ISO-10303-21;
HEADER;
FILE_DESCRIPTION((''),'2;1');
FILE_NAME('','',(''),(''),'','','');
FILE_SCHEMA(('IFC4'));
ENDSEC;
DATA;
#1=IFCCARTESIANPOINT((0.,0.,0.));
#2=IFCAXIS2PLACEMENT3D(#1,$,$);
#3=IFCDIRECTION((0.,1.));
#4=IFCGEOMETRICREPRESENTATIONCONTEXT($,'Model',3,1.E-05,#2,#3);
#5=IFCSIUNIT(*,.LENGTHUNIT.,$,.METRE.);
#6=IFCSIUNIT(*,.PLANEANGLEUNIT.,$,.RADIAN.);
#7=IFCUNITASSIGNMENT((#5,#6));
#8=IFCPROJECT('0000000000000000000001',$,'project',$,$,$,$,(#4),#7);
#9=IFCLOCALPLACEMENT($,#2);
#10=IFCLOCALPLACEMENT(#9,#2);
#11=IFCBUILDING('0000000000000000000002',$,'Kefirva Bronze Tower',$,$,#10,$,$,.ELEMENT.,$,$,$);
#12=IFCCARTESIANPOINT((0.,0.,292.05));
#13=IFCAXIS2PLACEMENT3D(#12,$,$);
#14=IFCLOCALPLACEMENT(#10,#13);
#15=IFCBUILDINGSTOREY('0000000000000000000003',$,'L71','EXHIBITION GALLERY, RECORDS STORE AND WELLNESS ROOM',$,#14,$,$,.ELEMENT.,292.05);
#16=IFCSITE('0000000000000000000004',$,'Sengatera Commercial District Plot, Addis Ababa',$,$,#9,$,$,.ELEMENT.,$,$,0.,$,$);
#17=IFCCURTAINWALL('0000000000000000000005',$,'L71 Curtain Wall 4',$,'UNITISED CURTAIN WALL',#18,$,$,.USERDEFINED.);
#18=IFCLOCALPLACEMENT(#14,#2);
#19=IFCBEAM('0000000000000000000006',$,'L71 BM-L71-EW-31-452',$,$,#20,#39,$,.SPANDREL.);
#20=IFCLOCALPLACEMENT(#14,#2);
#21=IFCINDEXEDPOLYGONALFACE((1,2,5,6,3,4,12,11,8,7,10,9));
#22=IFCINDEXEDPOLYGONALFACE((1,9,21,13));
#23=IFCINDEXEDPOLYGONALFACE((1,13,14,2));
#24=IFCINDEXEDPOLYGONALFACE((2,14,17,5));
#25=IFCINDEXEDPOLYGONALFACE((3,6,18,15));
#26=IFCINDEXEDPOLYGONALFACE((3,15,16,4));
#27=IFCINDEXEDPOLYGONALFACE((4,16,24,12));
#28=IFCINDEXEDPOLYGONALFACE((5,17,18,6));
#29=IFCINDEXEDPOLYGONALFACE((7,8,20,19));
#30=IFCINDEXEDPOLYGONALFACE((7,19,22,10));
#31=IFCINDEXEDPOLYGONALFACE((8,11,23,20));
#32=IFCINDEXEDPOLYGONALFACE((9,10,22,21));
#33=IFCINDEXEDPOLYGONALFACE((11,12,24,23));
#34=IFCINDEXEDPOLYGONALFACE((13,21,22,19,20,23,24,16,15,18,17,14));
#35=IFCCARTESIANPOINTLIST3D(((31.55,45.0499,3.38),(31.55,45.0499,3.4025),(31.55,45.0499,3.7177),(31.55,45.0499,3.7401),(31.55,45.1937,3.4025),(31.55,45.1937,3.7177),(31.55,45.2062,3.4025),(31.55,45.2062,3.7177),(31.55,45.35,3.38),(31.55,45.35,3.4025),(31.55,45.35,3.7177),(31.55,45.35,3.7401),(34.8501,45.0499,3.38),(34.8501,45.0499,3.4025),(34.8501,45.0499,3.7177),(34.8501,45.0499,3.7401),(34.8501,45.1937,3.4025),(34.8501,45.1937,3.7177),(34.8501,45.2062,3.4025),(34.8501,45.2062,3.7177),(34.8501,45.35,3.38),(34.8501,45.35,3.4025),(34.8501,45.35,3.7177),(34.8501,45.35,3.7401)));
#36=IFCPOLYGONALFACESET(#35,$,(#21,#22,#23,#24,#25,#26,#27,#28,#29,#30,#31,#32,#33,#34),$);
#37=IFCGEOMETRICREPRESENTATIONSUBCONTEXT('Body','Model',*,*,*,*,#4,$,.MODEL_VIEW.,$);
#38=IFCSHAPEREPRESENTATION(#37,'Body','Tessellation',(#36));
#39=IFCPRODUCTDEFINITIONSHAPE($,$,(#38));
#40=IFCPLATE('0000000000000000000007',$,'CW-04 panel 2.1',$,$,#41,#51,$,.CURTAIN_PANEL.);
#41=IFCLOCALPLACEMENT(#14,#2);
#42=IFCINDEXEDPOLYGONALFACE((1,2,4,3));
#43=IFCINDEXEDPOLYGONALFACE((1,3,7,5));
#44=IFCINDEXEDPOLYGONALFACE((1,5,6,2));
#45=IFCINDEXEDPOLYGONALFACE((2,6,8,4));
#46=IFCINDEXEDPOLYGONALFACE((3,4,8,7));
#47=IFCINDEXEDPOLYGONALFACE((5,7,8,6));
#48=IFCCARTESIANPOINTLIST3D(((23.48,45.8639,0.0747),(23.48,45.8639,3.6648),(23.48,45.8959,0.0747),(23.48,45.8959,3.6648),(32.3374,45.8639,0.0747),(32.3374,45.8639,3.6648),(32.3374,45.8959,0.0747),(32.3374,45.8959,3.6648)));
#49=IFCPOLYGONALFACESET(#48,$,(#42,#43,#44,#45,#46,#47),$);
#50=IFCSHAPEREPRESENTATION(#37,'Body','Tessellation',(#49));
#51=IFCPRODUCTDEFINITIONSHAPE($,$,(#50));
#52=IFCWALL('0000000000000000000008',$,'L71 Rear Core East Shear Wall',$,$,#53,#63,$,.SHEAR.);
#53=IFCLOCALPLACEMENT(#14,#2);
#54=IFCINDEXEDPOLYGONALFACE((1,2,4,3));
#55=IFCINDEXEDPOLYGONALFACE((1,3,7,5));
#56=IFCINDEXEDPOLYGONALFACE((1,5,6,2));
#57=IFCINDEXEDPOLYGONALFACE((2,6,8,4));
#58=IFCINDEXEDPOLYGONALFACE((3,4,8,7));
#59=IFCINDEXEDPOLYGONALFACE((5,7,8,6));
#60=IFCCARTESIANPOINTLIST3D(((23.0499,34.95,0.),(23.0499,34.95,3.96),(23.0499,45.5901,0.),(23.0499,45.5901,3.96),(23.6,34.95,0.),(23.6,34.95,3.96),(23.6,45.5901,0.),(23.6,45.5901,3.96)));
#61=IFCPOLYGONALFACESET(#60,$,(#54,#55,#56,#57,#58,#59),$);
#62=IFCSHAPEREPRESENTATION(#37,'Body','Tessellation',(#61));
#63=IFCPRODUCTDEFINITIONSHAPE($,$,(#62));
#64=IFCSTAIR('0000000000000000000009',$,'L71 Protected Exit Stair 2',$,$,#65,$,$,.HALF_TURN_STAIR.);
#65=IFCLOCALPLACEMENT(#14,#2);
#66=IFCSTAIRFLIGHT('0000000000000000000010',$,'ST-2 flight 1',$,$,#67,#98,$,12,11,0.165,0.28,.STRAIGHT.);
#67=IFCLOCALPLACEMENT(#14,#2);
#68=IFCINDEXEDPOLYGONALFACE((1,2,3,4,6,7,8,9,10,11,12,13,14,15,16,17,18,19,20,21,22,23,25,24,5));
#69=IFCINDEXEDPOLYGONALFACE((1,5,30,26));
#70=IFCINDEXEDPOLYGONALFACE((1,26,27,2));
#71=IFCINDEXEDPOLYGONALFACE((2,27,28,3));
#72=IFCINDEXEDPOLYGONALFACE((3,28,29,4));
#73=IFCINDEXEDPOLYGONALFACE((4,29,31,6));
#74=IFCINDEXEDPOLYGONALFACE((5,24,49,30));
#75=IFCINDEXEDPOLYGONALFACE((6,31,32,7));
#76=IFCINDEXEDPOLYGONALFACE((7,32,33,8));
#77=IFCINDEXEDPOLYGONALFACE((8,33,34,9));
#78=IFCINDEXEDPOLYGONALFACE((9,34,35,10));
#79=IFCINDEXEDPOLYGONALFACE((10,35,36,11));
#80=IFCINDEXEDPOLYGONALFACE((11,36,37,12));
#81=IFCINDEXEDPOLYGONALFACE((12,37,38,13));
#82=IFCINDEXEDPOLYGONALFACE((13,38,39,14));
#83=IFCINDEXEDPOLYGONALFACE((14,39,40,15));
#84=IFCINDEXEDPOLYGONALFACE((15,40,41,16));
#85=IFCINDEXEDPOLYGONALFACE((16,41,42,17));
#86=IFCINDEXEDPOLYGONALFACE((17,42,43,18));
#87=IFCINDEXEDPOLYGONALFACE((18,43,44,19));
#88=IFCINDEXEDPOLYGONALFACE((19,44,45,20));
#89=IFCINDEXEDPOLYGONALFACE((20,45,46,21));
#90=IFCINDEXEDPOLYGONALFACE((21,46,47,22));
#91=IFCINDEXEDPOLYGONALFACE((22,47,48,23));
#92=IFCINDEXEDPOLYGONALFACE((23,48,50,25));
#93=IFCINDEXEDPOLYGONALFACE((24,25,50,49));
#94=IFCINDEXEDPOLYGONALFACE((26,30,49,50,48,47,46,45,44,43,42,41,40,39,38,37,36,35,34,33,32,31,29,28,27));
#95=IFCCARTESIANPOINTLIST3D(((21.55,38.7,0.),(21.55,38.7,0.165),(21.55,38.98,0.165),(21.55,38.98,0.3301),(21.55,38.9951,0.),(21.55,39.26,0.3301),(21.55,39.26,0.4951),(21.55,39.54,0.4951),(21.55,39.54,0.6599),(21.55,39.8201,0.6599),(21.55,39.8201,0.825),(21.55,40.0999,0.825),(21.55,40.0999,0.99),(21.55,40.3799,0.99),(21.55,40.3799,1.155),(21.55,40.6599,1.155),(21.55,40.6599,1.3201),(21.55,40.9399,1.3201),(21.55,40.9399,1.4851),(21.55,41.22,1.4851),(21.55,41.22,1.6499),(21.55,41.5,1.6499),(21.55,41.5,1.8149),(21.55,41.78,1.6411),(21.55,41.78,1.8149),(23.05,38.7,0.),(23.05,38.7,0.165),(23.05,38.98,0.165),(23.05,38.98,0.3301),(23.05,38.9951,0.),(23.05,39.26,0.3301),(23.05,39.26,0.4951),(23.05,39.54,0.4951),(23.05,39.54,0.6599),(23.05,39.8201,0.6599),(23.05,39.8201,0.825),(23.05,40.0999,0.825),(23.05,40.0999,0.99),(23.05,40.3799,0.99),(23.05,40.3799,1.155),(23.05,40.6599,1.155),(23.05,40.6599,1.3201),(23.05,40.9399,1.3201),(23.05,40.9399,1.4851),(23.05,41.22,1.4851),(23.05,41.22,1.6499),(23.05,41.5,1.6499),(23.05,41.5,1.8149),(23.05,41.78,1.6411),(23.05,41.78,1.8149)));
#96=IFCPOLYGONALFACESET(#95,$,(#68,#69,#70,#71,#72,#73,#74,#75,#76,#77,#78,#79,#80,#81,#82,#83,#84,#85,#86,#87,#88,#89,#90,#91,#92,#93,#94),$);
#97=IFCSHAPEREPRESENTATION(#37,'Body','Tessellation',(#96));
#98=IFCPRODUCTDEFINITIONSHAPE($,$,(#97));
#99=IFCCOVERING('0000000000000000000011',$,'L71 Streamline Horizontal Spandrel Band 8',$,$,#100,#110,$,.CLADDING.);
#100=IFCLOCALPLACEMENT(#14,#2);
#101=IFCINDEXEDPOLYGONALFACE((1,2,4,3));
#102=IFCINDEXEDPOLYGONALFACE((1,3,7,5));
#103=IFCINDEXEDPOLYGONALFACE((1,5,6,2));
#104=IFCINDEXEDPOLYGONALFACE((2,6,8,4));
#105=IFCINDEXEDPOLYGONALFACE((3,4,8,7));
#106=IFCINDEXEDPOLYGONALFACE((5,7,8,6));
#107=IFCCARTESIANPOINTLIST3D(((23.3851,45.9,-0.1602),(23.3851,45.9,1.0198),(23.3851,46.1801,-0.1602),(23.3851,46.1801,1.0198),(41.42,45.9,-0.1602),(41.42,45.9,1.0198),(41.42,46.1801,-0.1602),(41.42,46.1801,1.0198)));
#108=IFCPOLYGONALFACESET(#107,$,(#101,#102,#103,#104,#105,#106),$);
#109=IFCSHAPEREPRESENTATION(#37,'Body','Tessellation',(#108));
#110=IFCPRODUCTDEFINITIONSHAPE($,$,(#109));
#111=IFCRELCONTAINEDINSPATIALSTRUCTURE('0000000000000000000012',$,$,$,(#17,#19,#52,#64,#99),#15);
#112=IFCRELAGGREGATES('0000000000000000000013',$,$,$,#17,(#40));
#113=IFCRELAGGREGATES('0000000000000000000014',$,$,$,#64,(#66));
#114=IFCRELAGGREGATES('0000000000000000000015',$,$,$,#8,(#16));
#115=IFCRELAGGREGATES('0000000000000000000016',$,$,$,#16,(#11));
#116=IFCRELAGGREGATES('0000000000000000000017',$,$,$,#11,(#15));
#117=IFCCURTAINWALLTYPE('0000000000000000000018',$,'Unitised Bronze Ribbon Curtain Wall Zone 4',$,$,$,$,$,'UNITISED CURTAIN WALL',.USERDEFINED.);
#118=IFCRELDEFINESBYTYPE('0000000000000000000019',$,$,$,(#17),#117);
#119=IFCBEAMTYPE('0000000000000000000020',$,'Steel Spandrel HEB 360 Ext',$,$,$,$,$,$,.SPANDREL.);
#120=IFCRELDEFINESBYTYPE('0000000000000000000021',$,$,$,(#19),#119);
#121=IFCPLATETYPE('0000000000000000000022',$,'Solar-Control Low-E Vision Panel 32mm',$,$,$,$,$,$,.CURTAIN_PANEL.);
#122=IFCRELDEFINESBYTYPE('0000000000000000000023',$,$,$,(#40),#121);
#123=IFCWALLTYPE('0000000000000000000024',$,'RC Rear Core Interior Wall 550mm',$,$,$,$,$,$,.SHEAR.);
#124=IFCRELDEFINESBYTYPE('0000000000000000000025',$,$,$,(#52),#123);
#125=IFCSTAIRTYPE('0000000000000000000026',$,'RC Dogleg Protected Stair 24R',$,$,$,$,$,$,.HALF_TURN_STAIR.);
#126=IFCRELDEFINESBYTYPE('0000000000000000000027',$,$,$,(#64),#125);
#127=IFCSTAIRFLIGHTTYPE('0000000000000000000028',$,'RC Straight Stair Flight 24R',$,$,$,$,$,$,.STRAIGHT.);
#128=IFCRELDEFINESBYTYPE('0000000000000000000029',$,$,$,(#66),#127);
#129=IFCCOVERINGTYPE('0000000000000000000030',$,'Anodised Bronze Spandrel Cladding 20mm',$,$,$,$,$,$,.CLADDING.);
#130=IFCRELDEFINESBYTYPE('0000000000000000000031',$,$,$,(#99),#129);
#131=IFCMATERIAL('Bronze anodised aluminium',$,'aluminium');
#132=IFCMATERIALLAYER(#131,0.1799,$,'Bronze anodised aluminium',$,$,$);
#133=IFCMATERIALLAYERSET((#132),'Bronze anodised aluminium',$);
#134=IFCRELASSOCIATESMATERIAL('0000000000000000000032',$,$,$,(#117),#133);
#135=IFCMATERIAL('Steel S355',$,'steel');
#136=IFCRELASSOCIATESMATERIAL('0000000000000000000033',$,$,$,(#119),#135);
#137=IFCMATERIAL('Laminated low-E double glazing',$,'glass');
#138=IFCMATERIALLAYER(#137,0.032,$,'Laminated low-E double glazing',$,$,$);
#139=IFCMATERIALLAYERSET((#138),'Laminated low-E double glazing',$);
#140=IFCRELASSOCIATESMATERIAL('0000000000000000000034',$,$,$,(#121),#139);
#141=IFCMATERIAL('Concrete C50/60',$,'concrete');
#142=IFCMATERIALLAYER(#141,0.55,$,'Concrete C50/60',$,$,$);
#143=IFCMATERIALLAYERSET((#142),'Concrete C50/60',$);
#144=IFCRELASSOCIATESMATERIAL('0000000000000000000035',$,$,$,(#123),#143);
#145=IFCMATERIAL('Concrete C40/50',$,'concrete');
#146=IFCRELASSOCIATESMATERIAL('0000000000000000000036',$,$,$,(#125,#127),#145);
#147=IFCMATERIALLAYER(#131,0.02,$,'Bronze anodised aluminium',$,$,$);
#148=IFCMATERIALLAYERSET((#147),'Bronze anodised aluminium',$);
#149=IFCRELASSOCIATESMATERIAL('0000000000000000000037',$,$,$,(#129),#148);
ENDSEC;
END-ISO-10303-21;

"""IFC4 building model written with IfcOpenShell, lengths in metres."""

from ifc_helpers import new_model, si_unit, direction, frame, frame_2d, origin, origin_2d, place, context, subcontext, project, spatial, polyline, rectangle, i_section, outline, extrude, material, layer, layer_set, material_profile, profile_set, type_object, element, aggregate, save


model = new_model("IFC4")

# Units and contexts
model_context = context("Model", 3, precision=1e-05, world=origin(), true_north=direction((0.0, 1.0)))
body_context = subcontext(model_context, "Body", "Model", "MODEL_VIEW")
ifc_project = project(units=[si_unit("LENGTHUNIT", "METRE"), si_unit("PLANEANGLEUNIT", "RADIAN")], contexts=[model_context])

# Site, building, storey
site_placement = place(None, origin())
site = spatial("IfcSite", under=ifc_project, at=site_placement, Name="Sengatera Commercial District Plot, Addis Ababa", CompositionType="ELEMENT", RefElevation=0.0)
building_placement = place(site_placement, origin())
building = spatial("IfcBuilding", under=site, at=building_placement, Name="Kefirva Bronze Tower", CompositionType="ELEMENT")
storey_placement = place(building_placement, frame((0.0, 0.0, 292.05)))
storey = spatial("IfcBuildingStorey", under=building, at=storey_placement, Name="L71", Description="EXHIBITION GALLERY, RECORDS STORE AND WELLNESS ROOM", CompositionType="ELEMENT", Elevation=292.05)

# Shared definitions
ifc_material_1 = material(Name="Concrete C50/60", Category="concrete")

# Curtain wall
ifc_material_2 = material(Name="Bronze anodised aluminium", Category="aluminium")
ifc_layer_1 = layer(ifc_material_2, 0.1799, Name="Bronze anodised aluminium")
ifc_layer_set_1 = layer_set([ifc_layer_1], Name="Bronze anodised aluminium")
curtain_wall_type = type_object("IfcCurtainWallType", Name="Unitised Bronze Ribbon Curtain Wall Zone 4", ElementType="UNITISED CURTAIN WALL", PredefinedType="USERDEFINED", material=ifc_layer_set_1)
curtain_wall_placement = place(storey_placement, origin())
curtain_wall = element("IfcCurtainWall", 1, at=curtain_wall_placement, inside=storey, type_object=curtain_wall_type, Name="L71 Curtain Wall 4", ObjectType="UNITISED CURTAIN WALL", PredefinedType="USERDEFINED")

# Beam
ifc_material_3 = material(Name="Steel S355", Category="steel")
ifc_material_profile_1 = material_profile(ifc_material_3, i_section(OverallWidth=0.3, OverallDepth=0.3601, WebThickness=0.0125, FlangeThickness=0.0225, at=origin_2d()), Name="HEB 360")
ifc_profile_set_1 = profile_set([ifc_material_profile_1], Name="Steel S355")
beam_type_1 = type_object("IfcBeamType", Name="Steel Spandrel HEB 360 Ext", PredefinedType="SPANDREL", material=ifc_profile_set_1)
beam_1_placement = place(storey_placement, frame((31.55, 45.2, 3.5601), z_axis=(1.0, 0.0, 0.0), x_axis=(0.0, 1.0, 0.0)))
element("IfcBeam", 2, at=beam_1_placement, inside=storey, type_object=beam_type_1, Name="L71 BM-L71-EW-31-452", PredefinedType="SPANDREL", context=body_context, shape_type="SweptSolid", body=[
    extrude(i_section(OverallWidth=0.3, OverallDepth=0.3601, WebThickness=0.0125, FlangeThickness=0.0225, at=origin_2d()), origin(), (0.0, 0.0, 1.0), 3.3),
])

# Plate
ifc_material_4 = material(Name="Laminated low-E double glazing", Category="glass")
ifc_layer_2 = layer(ifc_material_4, 0.032, Name="Laminated low-E double glazing")
ifc_layer_set_2 = layer_set([ifc_layer_2], Name="Laminated low-E double glazing")
plate_type = type_object("IfcPlateType", Name="Solar-Control Low-E Vision Panel 32mm", PredefinedType="CURTAIN_PANEL", material=ifc_layer_set_2)
plate_placement = place(storey_placement, frame((27.9087, 45.8799, 0.0747), z_axis=(0.0, 0.0, 1.0), x_axis=(-1.0, 0.0, 0.0)))
plate = element("IfcPlate", 3, at=plate_placement, type_object=plate_type, Name="CW-04 panel 2.1", PredefinedType="CURTAIN_PANEL", context=body_context, shape_type="SweptSolid", body=[
    extrude(rectangle(XDim=8.8574, YDim=0.032, at=origin_2d()), origin(), (0.0, 0.0, 1.0), 3.5901),
])
aggregate(curtain_wall, [plate])

# Wall
ifc_layer_3 = layer(ifc_material_1, 0.55, Name="Concrete C50/60")
ifc_layer_set_3 = layer_set([ifc_layer_3], Name="Concrete C50/60")
wall_type = type_object("IfcWallType", Name="RC Rear Core Interior Wall 550mm", PredefinedType="SHEAR", material=ifc_layer_set_3)
wall_placement = place(storey_placement, frame((23.325, 34.95, 0.0), z_axis=(0.0, 0.0, 1.0), x_axis=(0.0, 1.0, 0.0)))
element("IfcWall", 4, at=wall_placement, inside=storey, type_object=wall_type, Name="L71 Rear Core East Shear Wall", PredefinedType="SHEAR", context=body_context, shape_type="SweptSolid", body=[
    extrude(rectangle(XDim=10.6401, YDim=0.55, at=frame_2d((5.3201, 0.0))), origin(), (0.0, 0.0, 1.0), 3.96),
])

# Stair, stair flight
ifc_material_5 = material(Name="Concrete C40/50", Category="concrete")
stair_type = type_object("IfcStairType", Name="RC Dogleg Protected Stair 24R", PredefinedType="HALF_TURN_STAIR", material=ifc_material_5)
stair_placement = place(storey_placement, origin())
stair = element("IfcStair", 5, at=stair_placement, inside=storey, type_object=stair_type, Name="L71 Protected Exit Stair 2", PredefinedType="HALF_TURN_STAIR")
stair_flight_type = type_object("IfcStairFlightType", Name="RC Straight Stair Flight 24R", PredefinedType="STRAIGHT", material=ifc_material_5)
stair_flight_placement = place(storey_placement, frame((22.3, 38.7, 0.0), z_axis=(0.0, 0.0, 1.0), x_axis=(0.0, 1.0, 0.0)))
stair_flight = element("IfcStairFlight", 6, at=stair_flight_placement, type_object=stair_flight_type, Name="ST-2 flight 1", NumberOfRisers=12, NumberOfTreads=11, PredefinedType="STRAIGHT", RiserHeight=0.165, TreadLength=0.28, context=body_context, shape_type="SweptSolid", body=[
    extrude(outline(polyline([(0.0, 0.0), (0.0, 0.165), (0.28, 0.165), (0.28, 0.3301), (0.5601, 0.3301), (0.5601, 0.4951), (0.8401, 0.4951), (0.8401, 0.6599), (1.1201, 0.6599), (1.1201, 0.825), (1.3999, 0.825), (1.3999, 0.99), (1.6799, 0.99), (1.6799, 1.155), (1.96, 1.155), (1.96, 1.3201), (2.24, 1.3201), (2.24, 1.4851), (2.52, 1.4851), (2.52, 1.6499), (2.8, 1.6499), (2.8, 1.8149), (3.0801, 1.8149), (3.0801, 1.98), (3.0801, 1.6411), (0.2952, 0.0), (0.0, 0.0)])), frame((0.0, 0.75, 0.0), z_axis=(0.0, -1.0, 0.0), x_axis=(1.0, 0.0, 0.0)), (0.0, 0.0, 1.0), 1.5),
])
aggregate(stair, [stair_flight])

# Covering
ifc_layer_4 = layer(ifc_material_2, 0.02, Name="Bronze anodised aluminium")
ifc_layer_set_4 = layer_set([ifc_layer_4], Name="Bronze anodised aluminium")
covering_type_1 = type_object("IfcCoveringType", Name="Anodised Bronze Spandrel Cladding 20mm", PredefinedType="CLADDING", material=ifc_layer_set_4)
covering_1_placement = place(storey_placement, frame((32.4026, 46.04, -0.1602), z_axis=(0.0, 0.0, 1.0), x_axis=(-1.0, 0.0, 0.0)))
element("IfcCovering", 7, at=covering_1_placement, inside=storey, type_object=covering_type_1, Name="L71 Streamline Horizontal Spandrel Band 8", PredefinedType="CLADDING", context=body_context, shape_type="SweptSolid", body=[
    extrude(rectangle(XDim=18.0349, YDim=0.28, at=origin_2d()), origin(), (0.0, 0.0, 1.0), 1.1799),
])

save(model, "model.ifc")
